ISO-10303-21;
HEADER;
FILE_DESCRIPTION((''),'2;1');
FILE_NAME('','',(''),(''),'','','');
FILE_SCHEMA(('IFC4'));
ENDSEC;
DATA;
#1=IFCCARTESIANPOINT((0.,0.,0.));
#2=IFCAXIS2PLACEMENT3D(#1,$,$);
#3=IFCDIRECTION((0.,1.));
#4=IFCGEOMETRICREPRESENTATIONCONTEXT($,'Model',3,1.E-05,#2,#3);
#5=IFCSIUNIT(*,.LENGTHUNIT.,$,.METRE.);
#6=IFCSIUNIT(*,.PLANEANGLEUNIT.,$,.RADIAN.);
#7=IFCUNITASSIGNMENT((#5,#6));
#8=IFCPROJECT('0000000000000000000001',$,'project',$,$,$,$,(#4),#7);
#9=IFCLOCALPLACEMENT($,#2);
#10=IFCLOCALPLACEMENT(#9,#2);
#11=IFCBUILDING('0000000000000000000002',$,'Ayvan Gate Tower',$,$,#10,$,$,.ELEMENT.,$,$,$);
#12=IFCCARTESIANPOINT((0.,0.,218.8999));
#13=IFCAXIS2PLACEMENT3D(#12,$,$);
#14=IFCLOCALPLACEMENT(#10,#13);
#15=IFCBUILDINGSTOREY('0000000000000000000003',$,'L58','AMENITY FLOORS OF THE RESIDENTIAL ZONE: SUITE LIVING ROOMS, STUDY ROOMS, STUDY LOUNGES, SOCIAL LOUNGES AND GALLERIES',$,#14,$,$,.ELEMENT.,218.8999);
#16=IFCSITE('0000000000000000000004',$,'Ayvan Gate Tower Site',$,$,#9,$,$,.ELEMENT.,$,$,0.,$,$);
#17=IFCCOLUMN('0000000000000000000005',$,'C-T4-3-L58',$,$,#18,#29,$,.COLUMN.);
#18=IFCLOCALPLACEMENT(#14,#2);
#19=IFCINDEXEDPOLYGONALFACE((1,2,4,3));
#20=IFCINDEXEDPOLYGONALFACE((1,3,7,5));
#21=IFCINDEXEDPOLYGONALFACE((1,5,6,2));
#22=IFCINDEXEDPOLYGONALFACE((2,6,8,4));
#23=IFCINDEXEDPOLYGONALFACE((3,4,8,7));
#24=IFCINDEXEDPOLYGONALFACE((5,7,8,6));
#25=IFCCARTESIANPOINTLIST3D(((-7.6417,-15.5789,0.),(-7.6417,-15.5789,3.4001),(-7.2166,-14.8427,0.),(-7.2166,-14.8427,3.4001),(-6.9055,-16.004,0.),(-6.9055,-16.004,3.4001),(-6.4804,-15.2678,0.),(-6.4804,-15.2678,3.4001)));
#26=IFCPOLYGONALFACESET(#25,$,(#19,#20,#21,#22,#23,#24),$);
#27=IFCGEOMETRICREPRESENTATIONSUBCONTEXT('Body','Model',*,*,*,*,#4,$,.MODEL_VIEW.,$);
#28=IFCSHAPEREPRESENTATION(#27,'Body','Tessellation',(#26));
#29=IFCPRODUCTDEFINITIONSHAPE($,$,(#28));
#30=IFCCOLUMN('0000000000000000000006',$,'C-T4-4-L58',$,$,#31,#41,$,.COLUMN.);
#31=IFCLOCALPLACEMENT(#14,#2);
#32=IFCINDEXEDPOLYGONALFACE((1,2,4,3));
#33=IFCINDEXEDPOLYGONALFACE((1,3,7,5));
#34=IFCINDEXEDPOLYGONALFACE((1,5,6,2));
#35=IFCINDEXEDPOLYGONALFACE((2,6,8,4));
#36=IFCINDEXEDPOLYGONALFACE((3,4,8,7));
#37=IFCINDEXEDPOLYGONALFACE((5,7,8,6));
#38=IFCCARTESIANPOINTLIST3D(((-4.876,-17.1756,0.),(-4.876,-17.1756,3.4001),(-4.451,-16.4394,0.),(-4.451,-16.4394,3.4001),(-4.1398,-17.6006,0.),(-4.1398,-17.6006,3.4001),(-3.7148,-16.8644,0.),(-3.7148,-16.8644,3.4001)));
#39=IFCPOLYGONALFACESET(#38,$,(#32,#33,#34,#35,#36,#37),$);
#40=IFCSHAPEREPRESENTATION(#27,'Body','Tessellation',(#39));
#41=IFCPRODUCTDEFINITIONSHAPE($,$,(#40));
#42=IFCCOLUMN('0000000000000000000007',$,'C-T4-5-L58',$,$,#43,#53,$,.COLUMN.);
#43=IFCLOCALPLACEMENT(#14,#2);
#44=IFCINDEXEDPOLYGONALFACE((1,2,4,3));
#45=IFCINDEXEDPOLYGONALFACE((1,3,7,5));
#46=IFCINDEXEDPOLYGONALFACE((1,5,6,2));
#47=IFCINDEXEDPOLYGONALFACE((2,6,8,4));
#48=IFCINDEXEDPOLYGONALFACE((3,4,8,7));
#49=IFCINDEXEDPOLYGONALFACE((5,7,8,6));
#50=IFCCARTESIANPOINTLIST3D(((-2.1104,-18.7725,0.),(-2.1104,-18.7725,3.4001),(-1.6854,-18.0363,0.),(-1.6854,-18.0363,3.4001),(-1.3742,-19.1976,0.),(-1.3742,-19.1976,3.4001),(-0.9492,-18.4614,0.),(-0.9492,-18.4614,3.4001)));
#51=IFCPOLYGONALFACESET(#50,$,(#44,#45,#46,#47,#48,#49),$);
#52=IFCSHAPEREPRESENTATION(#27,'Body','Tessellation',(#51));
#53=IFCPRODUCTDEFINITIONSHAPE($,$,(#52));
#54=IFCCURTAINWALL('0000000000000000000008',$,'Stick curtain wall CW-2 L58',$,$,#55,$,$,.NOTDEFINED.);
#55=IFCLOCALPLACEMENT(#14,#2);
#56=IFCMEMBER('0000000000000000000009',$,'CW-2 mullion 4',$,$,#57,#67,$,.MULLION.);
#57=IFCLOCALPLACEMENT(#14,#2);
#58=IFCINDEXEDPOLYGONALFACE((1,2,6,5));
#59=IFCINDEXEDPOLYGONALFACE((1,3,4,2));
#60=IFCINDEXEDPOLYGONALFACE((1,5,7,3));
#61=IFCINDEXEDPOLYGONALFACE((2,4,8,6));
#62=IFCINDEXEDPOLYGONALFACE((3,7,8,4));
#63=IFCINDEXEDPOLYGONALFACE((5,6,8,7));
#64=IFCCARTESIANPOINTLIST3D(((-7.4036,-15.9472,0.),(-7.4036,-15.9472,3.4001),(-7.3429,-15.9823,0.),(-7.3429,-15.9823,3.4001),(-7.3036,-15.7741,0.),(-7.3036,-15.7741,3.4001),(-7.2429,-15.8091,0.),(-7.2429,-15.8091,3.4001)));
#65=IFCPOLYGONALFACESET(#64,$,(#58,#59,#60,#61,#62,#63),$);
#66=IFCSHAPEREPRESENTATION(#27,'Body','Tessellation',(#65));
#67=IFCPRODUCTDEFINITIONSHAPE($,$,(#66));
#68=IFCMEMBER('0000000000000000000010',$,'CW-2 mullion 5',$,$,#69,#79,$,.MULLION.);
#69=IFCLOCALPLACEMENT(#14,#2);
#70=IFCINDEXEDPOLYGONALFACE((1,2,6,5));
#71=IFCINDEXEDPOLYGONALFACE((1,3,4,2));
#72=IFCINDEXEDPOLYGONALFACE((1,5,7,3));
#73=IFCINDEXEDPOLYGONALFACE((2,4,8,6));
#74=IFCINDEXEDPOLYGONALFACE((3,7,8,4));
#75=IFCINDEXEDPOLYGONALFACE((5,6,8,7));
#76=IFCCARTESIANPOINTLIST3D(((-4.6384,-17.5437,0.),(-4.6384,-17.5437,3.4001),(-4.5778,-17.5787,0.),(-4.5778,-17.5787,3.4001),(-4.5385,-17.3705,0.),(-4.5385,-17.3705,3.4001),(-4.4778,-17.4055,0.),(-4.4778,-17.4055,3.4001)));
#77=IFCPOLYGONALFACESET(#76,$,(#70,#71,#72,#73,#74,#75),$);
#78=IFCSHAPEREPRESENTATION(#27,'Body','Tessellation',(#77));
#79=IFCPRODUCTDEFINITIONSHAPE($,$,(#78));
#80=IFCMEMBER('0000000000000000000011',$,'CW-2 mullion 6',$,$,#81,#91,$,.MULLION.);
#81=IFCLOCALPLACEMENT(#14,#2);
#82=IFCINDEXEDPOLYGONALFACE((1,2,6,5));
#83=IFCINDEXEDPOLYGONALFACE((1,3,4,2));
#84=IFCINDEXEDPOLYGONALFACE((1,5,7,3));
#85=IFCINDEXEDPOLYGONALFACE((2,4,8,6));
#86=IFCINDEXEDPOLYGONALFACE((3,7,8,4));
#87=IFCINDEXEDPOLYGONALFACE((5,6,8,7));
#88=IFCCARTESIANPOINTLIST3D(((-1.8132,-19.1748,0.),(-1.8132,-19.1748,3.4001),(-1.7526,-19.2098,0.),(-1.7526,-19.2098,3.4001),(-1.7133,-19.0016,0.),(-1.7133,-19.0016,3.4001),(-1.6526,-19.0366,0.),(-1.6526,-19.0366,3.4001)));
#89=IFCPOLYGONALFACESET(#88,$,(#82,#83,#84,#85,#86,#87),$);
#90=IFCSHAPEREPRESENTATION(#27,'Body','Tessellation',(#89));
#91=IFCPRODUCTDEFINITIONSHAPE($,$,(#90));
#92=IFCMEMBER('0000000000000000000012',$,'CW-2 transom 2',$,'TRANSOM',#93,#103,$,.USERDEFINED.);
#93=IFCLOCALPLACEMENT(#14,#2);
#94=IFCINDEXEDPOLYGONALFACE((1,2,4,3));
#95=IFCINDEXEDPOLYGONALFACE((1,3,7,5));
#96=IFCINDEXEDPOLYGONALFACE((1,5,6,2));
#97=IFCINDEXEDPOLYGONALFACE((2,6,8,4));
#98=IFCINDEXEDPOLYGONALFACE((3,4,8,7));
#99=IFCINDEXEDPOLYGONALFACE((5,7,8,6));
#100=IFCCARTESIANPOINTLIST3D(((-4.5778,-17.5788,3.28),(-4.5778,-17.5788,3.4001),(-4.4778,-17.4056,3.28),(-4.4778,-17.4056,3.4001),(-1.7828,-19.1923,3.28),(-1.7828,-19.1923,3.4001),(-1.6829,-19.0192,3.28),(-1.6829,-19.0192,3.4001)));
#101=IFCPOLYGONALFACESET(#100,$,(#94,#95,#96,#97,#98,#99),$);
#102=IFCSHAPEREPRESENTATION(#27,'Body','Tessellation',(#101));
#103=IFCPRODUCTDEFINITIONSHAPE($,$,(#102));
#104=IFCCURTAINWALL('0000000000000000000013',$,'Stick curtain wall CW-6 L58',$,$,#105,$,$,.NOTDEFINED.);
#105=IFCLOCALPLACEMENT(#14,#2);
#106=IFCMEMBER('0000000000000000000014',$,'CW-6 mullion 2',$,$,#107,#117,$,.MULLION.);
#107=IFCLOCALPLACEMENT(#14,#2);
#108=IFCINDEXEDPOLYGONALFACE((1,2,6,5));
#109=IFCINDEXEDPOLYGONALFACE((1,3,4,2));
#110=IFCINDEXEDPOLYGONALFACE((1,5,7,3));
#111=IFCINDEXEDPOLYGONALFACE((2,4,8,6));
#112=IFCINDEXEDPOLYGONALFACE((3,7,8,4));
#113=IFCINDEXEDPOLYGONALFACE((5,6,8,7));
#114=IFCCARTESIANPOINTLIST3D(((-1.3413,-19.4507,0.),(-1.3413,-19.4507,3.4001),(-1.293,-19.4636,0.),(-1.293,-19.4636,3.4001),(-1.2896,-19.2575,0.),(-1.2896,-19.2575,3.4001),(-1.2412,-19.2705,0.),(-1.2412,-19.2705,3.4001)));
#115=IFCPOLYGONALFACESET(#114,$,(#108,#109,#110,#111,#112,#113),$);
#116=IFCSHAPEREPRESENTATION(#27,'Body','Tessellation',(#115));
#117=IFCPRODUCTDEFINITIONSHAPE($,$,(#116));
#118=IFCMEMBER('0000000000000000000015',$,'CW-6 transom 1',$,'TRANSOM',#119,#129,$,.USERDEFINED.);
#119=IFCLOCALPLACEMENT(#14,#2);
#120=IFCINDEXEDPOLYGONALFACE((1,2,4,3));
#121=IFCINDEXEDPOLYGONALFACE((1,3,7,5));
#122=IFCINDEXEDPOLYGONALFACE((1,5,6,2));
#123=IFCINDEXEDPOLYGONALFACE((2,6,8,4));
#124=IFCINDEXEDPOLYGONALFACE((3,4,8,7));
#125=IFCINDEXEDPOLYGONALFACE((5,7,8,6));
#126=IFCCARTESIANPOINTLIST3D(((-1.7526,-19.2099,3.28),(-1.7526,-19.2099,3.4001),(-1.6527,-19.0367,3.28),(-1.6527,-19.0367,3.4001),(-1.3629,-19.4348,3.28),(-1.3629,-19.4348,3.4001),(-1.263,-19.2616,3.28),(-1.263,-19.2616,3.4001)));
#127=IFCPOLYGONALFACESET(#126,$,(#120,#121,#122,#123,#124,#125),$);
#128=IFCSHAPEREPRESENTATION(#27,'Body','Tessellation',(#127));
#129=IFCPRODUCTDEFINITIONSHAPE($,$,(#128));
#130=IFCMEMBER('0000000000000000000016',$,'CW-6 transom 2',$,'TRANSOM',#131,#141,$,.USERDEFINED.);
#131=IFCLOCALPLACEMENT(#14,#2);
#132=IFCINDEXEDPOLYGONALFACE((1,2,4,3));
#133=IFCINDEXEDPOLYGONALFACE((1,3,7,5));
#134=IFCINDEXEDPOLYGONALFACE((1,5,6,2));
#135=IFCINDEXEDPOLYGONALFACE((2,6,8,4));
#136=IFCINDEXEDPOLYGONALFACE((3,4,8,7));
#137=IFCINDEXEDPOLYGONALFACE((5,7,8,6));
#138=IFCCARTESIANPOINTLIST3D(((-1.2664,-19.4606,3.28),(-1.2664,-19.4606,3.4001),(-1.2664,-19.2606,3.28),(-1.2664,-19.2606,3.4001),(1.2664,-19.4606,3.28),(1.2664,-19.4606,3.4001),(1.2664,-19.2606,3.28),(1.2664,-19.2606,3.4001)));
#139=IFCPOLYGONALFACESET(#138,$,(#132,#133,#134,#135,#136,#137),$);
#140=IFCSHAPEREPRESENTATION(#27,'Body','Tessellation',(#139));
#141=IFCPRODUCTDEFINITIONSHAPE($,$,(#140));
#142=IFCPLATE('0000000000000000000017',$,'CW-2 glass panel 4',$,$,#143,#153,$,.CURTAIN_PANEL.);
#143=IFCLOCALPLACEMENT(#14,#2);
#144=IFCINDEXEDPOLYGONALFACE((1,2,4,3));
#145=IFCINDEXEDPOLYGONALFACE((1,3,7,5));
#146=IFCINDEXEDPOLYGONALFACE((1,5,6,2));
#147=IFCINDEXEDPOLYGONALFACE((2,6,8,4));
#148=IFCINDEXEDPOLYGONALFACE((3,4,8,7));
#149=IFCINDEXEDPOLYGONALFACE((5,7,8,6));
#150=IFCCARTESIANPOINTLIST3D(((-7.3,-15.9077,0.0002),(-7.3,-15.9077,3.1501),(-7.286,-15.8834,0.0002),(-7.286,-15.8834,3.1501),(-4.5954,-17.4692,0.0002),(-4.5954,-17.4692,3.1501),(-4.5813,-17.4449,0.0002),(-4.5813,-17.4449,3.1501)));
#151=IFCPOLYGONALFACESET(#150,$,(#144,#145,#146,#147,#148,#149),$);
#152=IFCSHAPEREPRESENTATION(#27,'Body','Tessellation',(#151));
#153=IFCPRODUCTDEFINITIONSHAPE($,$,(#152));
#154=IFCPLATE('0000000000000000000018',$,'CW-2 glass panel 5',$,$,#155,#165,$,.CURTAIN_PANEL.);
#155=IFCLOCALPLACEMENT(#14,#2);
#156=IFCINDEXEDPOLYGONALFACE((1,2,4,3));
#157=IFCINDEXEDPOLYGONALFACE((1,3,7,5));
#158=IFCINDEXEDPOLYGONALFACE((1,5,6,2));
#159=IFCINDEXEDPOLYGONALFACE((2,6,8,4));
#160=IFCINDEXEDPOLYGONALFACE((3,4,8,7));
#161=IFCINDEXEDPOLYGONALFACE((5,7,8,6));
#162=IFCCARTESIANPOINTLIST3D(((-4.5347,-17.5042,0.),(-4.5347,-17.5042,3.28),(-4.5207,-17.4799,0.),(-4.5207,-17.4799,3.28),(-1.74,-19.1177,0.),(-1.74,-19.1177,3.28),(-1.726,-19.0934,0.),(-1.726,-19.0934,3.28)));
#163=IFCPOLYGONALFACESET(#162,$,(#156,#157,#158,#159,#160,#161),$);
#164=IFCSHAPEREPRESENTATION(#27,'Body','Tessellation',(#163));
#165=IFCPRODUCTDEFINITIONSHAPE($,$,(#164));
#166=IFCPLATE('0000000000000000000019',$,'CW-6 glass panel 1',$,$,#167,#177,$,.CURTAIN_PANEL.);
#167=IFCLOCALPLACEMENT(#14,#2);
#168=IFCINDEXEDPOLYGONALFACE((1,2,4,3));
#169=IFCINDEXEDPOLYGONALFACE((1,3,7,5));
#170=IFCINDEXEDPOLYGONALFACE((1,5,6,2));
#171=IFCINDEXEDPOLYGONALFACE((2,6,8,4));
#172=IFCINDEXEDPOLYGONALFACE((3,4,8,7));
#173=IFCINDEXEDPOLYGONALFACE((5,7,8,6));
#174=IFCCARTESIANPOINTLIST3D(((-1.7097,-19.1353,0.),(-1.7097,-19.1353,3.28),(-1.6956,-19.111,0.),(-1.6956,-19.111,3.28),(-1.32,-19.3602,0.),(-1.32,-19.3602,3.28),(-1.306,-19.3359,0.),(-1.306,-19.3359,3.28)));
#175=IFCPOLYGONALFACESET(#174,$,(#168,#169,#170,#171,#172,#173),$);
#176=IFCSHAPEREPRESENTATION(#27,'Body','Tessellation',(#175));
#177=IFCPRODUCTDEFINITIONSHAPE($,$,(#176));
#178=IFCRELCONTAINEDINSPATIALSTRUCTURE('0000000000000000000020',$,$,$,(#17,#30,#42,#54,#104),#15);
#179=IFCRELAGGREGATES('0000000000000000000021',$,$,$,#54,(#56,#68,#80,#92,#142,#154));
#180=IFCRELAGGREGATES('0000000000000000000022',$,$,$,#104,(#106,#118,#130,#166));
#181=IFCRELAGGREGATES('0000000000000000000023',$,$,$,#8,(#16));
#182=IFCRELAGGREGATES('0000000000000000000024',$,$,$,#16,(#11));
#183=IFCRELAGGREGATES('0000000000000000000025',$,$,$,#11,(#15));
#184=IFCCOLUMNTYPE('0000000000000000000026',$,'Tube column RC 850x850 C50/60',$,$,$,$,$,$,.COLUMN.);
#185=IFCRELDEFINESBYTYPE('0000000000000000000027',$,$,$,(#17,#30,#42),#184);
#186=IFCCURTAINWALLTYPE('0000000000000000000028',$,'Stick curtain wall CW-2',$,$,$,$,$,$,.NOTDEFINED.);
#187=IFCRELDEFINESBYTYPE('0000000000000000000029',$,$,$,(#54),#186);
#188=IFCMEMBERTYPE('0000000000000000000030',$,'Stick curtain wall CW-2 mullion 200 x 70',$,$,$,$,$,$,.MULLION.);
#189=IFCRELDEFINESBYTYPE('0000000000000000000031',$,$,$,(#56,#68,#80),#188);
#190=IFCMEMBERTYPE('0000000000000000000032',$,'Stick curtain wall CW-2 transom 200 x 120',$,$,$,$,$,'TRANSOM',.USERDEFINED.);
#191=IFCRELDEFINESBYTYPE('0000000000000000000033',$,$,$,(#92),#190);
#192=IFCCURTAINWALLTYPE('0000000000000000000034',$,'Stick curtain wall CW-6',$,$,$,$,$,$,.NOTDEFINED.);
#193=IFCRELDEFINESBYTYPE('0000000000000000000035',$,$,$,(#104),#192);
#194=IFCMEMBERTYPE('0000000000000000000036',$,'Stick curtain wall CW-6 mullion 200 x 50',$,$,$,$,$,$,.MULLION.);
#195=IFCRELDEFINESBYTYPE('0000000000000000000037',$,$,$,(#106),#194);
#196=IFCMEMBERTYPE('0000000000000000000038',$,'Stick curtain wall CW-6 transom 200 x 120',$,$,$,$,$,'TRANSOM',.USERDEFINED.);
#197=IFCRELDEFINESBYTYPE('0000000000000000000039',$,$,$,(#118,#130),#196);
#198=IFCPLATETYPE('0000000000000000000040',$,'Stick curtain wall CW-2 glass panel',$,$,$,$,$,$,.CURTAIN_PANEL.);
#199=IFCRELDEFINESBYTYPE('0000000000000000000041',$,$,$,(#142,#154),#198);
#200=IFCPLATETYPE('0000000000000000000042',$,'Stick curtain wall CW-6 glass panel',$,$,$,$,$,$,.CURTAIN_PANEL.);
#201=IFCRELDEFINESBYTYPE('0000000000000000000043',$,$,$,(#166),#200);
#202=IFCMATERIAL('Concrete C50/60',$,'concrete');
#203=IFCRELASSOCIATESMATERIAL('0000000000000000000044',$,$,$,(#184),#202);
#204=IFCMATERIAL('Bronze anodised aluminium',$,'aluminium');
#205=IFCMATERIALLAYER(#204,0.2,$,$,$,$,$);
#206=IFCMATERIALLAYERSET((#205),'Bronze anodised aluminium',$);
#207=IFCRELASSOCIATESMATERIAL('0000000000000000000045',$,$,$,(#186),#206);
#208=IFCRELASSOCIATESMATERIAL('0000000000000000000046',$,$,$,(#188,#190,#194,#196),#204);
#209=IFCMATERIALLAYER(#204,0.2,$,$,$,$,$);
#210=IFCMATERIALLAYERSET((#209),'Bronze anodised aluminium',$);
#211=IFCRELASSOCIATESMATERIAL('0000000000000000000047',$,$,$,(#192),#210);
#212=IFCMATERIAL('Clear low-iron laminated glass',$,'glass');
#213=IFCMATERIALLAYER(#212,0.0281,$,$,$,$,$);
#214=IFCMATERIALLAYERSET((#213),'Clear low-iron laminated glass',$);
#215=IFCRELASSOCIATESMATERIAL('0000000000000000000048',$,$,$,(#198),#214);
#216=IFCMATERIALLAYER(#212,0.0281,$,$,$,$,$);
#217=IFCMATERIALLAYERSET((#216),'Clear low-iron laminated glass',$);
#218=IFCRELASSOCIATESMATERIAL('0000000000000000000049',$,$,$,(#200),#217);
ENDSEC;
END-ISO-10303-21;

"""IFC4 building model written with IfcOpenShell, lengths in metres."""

from ifc_helpers import new_model, si_unit, direction, frame, origin, origin_2d, place, context, subcontext, project, spatial, rectangle, extrude, material, layer, layer_set, material_profile, profile_set, type_object, element, aggregate, save


model = new_model("IFC4")

# Units and contexts
model_context = context("Model", 3, precision=1e-05, world=origin(), true_north=direction((0.0, 1.0)))
body_context = subcontext(model_context, "Body", "Model", "MODEL_VIEW")
ifc_project = project(units=[si_unit("LENGTHUNIT", "METRE"), si_unit("PLANEANGLEUNIT", "RADIAN")], contexts=[model_context])

# Site, building, storey
site_placement = place(None, origin())
site = spatial("IfcSite", under=ifc_project, at=site_placement, Name="Ayvan Gate Tower Site", CompositionType="ELEMENT", RefElevation=0.0)
building_placement = place(site_placement, origin())
building = spatial("IfcBuilding", under=site, at=building_placement, Name="Ayvan Gate Tower", CompositionType="ELEMENT")
storey_placement = place(building_placement, frame((0.0, 0.0, 218.8999)))
storey = spatial("IfcBuildingStorey", under=building, at=storey_placement, Name="L58", Description="AMENITY FLOORS OF THE RESIDENTIAL ZONE: SUITE LIVING ROOMS, STUDY ROOMS, STUDY LOUNGES, SOCIAL LOUNGES AND GALLERIES", CompositionType="ELEMENT", Elevation=218.8999)

# Columns
ifc_material_1 = material(Name="Concrete C50/60", Category="concrete")
ifc_material_profile_1 = material_profile(ifc_material_1, rectangle(XDim=0.8501, YDim=0.8501, at=origin_2d()), Name="RC 850x850")
ifc_profile_set_1 = profile_set([ifc_material_profile_1], Name="Concrete C50/60")
column_type = type_object("IfcColumnType", Name="Tube column RC 850x850 C50/60", PredefinedType="COLUMN", material=ifc_profile_set_1)
for number, where, z_axis, x_axis, name in (
    (1, (-7.061, -15.4233, 0.0), (0.0, 0.0, 1.0), (-0.5, -0.866025, 0.0), "C-T4-3-L58"),
    (2, (-4.2954, -17.02, 0.0), (0.0, 0.0, 1.0), (-0.5, -0.866025, 0.0), "C-T4-4-L58"),
    (3, (-1.5298, -18.6169, 0.0), (0.0, 0.0, 1.0), (-0.5, -0.866025, 0.0), "C-T4-5-L58"),
):
    element("IfcColumn", number, at=place(storey_placement, frame(where, z_axis=z_axis, x_axis=x_axis)), inside=storey, type_object=column_type, Name=name, PredefinedType="COLUMN", context=body_context, shape_type="SweptSolid", body=[
        extrude(rectangle(XDim=0.8501, YDim=0.8501, at=origin_2d()), origin(), (0.0, 0.0, 1.0), 3.4001),
    ])

# Curtain walls, members
ifc_material_2 = material(Name="Bronze anodised aluminium", Category="aluminium")
ifc_layer_1 = layer(ifc_material_2, 0.2)
ifc_layer_set_1 = layer_set([ifc_layer_1], Name="Bronze anodised aluminium")
curtain_wall_type_1 = type_object("IfcCurtainWallType", Name="Stick curtain wall CW-2", PredefinedType="NOTDEFINED", material=ifc_layer_set_1)
curtain_wall_1_placement = place(storey_placement, origin())
curtain_wall_1 = element("IfcCurtainWall", 4, at=curtain_wall_1_placement, inside=storey, type_object=curtain_wall_type_1, Name="Stick curtain wall CW-2 L58", PredefinedType="NOTDEFINED")
ifc_material_profile_2 = material_profile(ifc_material_2, rectangle(XDim=0.2, YDim=0.0701, at=origin_2d()), Name="Stick curtain wall CW-2 mullion 200 x 70")
ifc_profile_set_2 = profile_set([ifc_material_profile_2], Name="Bronze anodised aluminium")
member_type_1 = type_object("IfcMemberType", Name="Stick curtain wall CW-2 mullion 200 x 70", PredefinedType="MULLION", material=ifc_profile_set_2)
member_1_placement = place(storey_placement, frame((-7.3232, -15.8782, 0.0), z_axis=(0.0, 0.0, 1.0), x_axis=(-0.5, -0.866025, 0.0)))
member_1 = element("IfcMember", 5, at=member_1_placement, type_object=member_type_1, Name="CW-2 mullion 4", PredefinedType="MULLION", context=body_context, shape_type="SweptSolid", body=[
    extrude(rectangle(XDim=0.2, YDim=0.0701, at=origin_2d()), origin(), (0.0, 0.0, 1.0), 3.4001),
])
member_2_placement = place(storey_placement, frame((-4.5581, -17.4746, 0.0), z_axis=(0.0, 0.0, 1.0), x_axis=(-0.5, -0.866025, 0.0)))
member_2 = element("IfcMember", 6, at=member_2_placement, type_object=member_type_1, Name="CW-2 mullion 5", PredefinedType="MULLION", context=body_context, shape_type="SweptSolid", body=[
    extrude(rectangle(XDim=0.2, YDim=0.0701, at=origin_2d()), origin(), (0.0, 0.0, 1.0), 3.4001),
])
member_3_placement = place(storey_placement, frame((-1.7329, -19.1057, 0.0), z_axis=(0.0, 0.0, 1.0), x_axis=(-0.5, -0.866025, 0.0)))
member_3 = element("IfcMember", 7, at=member_3_placement, type_object=member_type_1, Name="CW-2 mullion 6", PredefinedType="MULLION", context=body_context, shape_type="SweptSolid", body=[
    extrude(rectangle(XDim=0.2, YDim=0.0701, at=origin_2d()), origin(), (0.0, 0.0, 1.0), 3.4001),
])
ifc_material_profile_3 = material_profile(ifc_material_2, rectangle(XDim=0.2, YDim=0.1201, at=origin_2d()), Name="Stick curtain wall CW-2 transom 200 x 120")
ifc_profile_set_3 = profile_set([ifc_material_profile_3], Name="Bronze anodised aluminium")
member_type_2 = type_object("IfcMemberType", Name="Stick curtain wall CW-2 transom 200 x 120", ElementType="TRANSOM", PredefinedType="USERDEFINED", material=ifc_profile_set_3)
member_4_placement = place(storey_placement, frame((-4.5278, -17.4922, 3.3401), z_axis=(0.866042, -0.499971, 0.0), x_axis=(0.499971, 0.866042, 0.0)))
member_4 = element("IfcMember", 8, at=member_4_placement, type_object=member_type_2, Name="CW-2 transom 2", ObjectType="TRANSOM", PredefinedType="USERDEFINED", context=body_context, shape_type="SweptSolid", body=[
    extrude(rectangle(XDim=0.2, YDim=0.1201, at=origin_2d()), origin(), (0.0, 0.0, 1.0), 3.2273),
])
ifc_layer_2 = layer(ifc_material_2, 0.2)
ifc_layer_set_2 = layer_set([ifc_layer_2], Name="Bronze anodised aluminium")
curtain_wall_type_2 = type_object("IfcCurtainWallType", Name="Stick curtain wall CW-6", PredefinedType="NOTDEFINED", material=ifc_layer_set_2)
curtain_wall_2_placement = place(storey_placement, origin())
curtain_wall_2 = element("IfcCurtainWall", 9, at=curtain_wall_2_placement, inside=storey, type_object=curtain_wall_type_2, Name="Stick curtain wall CW-6 L58", PredefinedType="NOTDEFINED")
ifc_material_profile_4 = material_profile(ifc_material_2, rectangle(XDim=0.2, YDim=0.05, at=origin_2d()), Name="Stick curtain wall CW-6 mullion 200 x 50")
ifc_profile_set_4 = profile_set([ifc_material_profile_4], Name="Bronze anodised aluminium")
member_type_3 = type_object("IfcMemberType", Name="Stick curtain wall CW-6 mullion 200 x 50", PredefinedType="MULLION", material=ifc_profile_set_4)
member_5_placement = place(storey_placement, frame((-1.2913, -19.3606, 0.0), z_axis=(0.0, 0.0, 1.0), x_axis=(-0.258819, -0.965926, 0.0)))
member_5 = element("IfcMember", 10, at=member_5_placement, type_object=member_type_3, Name="CW-6 mullion 2", PredefinedType="MULLION", context=body_context, shape_type="SweptSolid", body=[
    extrude(rectangle(XDim=0.2, YDim=0.05, at=origin_2d()), origin(), (0.0, 0.0, 1.0), 3.4001),
])
ifc_material_profile_5 = material_profile(ifc_material_2, rectangle(XDim=0.2, YDim=0.1201, at=origin_2d()), Name="Stick curtain wall CW-6 transom 200 x 120")
ifc_profile_set_5 = profile_set([ifc_material_profile_5], Name="Bronze anodised aluminium")
member_type_4 = type_object("IfcMemberType", Name="Stick curtain wall CW-6 transom 200 x 120", ElementType="TRANSOM", PredefinedType="USERDEFINED", material=ifc_profile_set_5)
member_6_placement = place(storey_placement, frame((-1.7026, -19.1233, 3.3401), z_axis=(0.866131, -0.499816, 0.0), x_axis=(0.499816, 0.866131, 0.0)))
member_6 = element("IfcMember", 11, at=member_6_placement, type_object=member_type_4, Name="CW-6 transom 1", ObjectType="TRANSOM", PredefinedType="USERDEFINED", context=body_context, shape_type="SweptSolid", body=[
    extrude(rectangle(XDim=0.2, YDim=0.1201, at=origin_2d()), origin(), (0.0, 0.0, 1.0), 0.45),
])
member_7_placement = place(storey_placement, frame((-1.2664, -19.3606, 3.3401), z_axis=(1.0, 0.0, 0.0), x_axis=(0.0, 1.0, 0.0)))
member_7 = element("IfcMember", 12, at=member_7_placement, type_object=member_type_4, Name="CW-6 transom 2", ObjectType="TRANSOM", PredefinedType="USERDEFINED", context=body_context, shape_type="SweptSolid", body=[
    extrude(rectangle(XDim=0.2, YDim=0.1201, at=origin_2d()), origin(), (0.0, 0.0, 1.0), 2.5327),
])

# Plates
ifc_material_3 = material(Name="Clear low-iron laminated glass", Category="glass")
ifc_layer_3 = layer(ifc_material_3, 0.0281)
ifc_layer_set_3 = layer_set([ifc_layer_3], Name="Clear low-iron laminated glass")
plate_type_1 = type_object("IfcPlateType", Name="Stick curtain wall CW-2 glass panel", PredefinedType="CURTAIN_PANEL", material=ifc_layer_set_3)
plate_1_placement = place(storey_placement, frame((-5.9407, -16.6763, 0.0002), z_axis=(0.0, 0.0, 1.0), x_axis=(0.866025, -0.5, 0.0)))
plate_1 = element("IfcPlate", 13, at=plate_1_placement, type_object=plate_type_1, Name="CW-2 glass panel 4", PredefinedType="CURTAIN_PANEL", context=body_context, shape_type="SweptSolid", body=[
    extrude(rectangle(XDim=3.123, YDim=0.0281, at=origin_2d()), origin(), (0.0, 0.0, 1.0), 3.1499),
])
plate_2_placement = place(storey_placement, frame((-3.1304, -18.2988, 0.0), z_axis=(0.0, 0.0, 1.0), x_axis=(0.866025, -0.5, 0.0)))
plate_2 = element("IfcPlate", 14, at=plate_2_placement, type_object=plate_type_1, Name="CW-2 glass panel 5", PredefinedType="CURTAIN_PANEL", context=body_context, shape_type="SweptSolid", body=[
    extrude(rectangle(XDim=3.2271, YDim=0.0281, at=origin_2d()), origin(), (0.0, 0.0, 1.0), 3.28),
])
aggregate(curtain_wall_1, [member_1, member_2, member_3, member_4, plate_1, plate_2])
ifc_layer_4 = layer(ifc_material_3, 0.0281)
ifc_layer_set_4 = layer_set([ifc_layer_4], Name="Clear low-iron laminated glass")
plate_type_2 = type_object("IfcPlateType", Name="Stick curtain wall CW-6 glass panel", PredefinedType="CURTAIN_PANEL", material=ifc_layer_set_4)
plate_3_placement = place(storey_placement, frame((-1.5078, -19.2356, 0.0), z_axis=(0.0, 0.0, 1.0), x_axis=(0.866025, -0.5, 0.0)))
plate_3 = element("IfcPlate", 15, at=plate_3_placement, type_object=plate_type_2, Name="CW-6 glass panel 1", PredefinedType="CURTAIN_PANEL", context=body_context, shape_type="SweptSolid", body=[
    extrude(rectangle(XDim=0.45, YDim=0.0281, at=origin_2d()), origin(), (0.0, 0.0, 1.0), 3.28),
])
aggregate(curtain_wall_2, [member_5, member_6, member_7, plate_3])

save(model, "model.ifc")
